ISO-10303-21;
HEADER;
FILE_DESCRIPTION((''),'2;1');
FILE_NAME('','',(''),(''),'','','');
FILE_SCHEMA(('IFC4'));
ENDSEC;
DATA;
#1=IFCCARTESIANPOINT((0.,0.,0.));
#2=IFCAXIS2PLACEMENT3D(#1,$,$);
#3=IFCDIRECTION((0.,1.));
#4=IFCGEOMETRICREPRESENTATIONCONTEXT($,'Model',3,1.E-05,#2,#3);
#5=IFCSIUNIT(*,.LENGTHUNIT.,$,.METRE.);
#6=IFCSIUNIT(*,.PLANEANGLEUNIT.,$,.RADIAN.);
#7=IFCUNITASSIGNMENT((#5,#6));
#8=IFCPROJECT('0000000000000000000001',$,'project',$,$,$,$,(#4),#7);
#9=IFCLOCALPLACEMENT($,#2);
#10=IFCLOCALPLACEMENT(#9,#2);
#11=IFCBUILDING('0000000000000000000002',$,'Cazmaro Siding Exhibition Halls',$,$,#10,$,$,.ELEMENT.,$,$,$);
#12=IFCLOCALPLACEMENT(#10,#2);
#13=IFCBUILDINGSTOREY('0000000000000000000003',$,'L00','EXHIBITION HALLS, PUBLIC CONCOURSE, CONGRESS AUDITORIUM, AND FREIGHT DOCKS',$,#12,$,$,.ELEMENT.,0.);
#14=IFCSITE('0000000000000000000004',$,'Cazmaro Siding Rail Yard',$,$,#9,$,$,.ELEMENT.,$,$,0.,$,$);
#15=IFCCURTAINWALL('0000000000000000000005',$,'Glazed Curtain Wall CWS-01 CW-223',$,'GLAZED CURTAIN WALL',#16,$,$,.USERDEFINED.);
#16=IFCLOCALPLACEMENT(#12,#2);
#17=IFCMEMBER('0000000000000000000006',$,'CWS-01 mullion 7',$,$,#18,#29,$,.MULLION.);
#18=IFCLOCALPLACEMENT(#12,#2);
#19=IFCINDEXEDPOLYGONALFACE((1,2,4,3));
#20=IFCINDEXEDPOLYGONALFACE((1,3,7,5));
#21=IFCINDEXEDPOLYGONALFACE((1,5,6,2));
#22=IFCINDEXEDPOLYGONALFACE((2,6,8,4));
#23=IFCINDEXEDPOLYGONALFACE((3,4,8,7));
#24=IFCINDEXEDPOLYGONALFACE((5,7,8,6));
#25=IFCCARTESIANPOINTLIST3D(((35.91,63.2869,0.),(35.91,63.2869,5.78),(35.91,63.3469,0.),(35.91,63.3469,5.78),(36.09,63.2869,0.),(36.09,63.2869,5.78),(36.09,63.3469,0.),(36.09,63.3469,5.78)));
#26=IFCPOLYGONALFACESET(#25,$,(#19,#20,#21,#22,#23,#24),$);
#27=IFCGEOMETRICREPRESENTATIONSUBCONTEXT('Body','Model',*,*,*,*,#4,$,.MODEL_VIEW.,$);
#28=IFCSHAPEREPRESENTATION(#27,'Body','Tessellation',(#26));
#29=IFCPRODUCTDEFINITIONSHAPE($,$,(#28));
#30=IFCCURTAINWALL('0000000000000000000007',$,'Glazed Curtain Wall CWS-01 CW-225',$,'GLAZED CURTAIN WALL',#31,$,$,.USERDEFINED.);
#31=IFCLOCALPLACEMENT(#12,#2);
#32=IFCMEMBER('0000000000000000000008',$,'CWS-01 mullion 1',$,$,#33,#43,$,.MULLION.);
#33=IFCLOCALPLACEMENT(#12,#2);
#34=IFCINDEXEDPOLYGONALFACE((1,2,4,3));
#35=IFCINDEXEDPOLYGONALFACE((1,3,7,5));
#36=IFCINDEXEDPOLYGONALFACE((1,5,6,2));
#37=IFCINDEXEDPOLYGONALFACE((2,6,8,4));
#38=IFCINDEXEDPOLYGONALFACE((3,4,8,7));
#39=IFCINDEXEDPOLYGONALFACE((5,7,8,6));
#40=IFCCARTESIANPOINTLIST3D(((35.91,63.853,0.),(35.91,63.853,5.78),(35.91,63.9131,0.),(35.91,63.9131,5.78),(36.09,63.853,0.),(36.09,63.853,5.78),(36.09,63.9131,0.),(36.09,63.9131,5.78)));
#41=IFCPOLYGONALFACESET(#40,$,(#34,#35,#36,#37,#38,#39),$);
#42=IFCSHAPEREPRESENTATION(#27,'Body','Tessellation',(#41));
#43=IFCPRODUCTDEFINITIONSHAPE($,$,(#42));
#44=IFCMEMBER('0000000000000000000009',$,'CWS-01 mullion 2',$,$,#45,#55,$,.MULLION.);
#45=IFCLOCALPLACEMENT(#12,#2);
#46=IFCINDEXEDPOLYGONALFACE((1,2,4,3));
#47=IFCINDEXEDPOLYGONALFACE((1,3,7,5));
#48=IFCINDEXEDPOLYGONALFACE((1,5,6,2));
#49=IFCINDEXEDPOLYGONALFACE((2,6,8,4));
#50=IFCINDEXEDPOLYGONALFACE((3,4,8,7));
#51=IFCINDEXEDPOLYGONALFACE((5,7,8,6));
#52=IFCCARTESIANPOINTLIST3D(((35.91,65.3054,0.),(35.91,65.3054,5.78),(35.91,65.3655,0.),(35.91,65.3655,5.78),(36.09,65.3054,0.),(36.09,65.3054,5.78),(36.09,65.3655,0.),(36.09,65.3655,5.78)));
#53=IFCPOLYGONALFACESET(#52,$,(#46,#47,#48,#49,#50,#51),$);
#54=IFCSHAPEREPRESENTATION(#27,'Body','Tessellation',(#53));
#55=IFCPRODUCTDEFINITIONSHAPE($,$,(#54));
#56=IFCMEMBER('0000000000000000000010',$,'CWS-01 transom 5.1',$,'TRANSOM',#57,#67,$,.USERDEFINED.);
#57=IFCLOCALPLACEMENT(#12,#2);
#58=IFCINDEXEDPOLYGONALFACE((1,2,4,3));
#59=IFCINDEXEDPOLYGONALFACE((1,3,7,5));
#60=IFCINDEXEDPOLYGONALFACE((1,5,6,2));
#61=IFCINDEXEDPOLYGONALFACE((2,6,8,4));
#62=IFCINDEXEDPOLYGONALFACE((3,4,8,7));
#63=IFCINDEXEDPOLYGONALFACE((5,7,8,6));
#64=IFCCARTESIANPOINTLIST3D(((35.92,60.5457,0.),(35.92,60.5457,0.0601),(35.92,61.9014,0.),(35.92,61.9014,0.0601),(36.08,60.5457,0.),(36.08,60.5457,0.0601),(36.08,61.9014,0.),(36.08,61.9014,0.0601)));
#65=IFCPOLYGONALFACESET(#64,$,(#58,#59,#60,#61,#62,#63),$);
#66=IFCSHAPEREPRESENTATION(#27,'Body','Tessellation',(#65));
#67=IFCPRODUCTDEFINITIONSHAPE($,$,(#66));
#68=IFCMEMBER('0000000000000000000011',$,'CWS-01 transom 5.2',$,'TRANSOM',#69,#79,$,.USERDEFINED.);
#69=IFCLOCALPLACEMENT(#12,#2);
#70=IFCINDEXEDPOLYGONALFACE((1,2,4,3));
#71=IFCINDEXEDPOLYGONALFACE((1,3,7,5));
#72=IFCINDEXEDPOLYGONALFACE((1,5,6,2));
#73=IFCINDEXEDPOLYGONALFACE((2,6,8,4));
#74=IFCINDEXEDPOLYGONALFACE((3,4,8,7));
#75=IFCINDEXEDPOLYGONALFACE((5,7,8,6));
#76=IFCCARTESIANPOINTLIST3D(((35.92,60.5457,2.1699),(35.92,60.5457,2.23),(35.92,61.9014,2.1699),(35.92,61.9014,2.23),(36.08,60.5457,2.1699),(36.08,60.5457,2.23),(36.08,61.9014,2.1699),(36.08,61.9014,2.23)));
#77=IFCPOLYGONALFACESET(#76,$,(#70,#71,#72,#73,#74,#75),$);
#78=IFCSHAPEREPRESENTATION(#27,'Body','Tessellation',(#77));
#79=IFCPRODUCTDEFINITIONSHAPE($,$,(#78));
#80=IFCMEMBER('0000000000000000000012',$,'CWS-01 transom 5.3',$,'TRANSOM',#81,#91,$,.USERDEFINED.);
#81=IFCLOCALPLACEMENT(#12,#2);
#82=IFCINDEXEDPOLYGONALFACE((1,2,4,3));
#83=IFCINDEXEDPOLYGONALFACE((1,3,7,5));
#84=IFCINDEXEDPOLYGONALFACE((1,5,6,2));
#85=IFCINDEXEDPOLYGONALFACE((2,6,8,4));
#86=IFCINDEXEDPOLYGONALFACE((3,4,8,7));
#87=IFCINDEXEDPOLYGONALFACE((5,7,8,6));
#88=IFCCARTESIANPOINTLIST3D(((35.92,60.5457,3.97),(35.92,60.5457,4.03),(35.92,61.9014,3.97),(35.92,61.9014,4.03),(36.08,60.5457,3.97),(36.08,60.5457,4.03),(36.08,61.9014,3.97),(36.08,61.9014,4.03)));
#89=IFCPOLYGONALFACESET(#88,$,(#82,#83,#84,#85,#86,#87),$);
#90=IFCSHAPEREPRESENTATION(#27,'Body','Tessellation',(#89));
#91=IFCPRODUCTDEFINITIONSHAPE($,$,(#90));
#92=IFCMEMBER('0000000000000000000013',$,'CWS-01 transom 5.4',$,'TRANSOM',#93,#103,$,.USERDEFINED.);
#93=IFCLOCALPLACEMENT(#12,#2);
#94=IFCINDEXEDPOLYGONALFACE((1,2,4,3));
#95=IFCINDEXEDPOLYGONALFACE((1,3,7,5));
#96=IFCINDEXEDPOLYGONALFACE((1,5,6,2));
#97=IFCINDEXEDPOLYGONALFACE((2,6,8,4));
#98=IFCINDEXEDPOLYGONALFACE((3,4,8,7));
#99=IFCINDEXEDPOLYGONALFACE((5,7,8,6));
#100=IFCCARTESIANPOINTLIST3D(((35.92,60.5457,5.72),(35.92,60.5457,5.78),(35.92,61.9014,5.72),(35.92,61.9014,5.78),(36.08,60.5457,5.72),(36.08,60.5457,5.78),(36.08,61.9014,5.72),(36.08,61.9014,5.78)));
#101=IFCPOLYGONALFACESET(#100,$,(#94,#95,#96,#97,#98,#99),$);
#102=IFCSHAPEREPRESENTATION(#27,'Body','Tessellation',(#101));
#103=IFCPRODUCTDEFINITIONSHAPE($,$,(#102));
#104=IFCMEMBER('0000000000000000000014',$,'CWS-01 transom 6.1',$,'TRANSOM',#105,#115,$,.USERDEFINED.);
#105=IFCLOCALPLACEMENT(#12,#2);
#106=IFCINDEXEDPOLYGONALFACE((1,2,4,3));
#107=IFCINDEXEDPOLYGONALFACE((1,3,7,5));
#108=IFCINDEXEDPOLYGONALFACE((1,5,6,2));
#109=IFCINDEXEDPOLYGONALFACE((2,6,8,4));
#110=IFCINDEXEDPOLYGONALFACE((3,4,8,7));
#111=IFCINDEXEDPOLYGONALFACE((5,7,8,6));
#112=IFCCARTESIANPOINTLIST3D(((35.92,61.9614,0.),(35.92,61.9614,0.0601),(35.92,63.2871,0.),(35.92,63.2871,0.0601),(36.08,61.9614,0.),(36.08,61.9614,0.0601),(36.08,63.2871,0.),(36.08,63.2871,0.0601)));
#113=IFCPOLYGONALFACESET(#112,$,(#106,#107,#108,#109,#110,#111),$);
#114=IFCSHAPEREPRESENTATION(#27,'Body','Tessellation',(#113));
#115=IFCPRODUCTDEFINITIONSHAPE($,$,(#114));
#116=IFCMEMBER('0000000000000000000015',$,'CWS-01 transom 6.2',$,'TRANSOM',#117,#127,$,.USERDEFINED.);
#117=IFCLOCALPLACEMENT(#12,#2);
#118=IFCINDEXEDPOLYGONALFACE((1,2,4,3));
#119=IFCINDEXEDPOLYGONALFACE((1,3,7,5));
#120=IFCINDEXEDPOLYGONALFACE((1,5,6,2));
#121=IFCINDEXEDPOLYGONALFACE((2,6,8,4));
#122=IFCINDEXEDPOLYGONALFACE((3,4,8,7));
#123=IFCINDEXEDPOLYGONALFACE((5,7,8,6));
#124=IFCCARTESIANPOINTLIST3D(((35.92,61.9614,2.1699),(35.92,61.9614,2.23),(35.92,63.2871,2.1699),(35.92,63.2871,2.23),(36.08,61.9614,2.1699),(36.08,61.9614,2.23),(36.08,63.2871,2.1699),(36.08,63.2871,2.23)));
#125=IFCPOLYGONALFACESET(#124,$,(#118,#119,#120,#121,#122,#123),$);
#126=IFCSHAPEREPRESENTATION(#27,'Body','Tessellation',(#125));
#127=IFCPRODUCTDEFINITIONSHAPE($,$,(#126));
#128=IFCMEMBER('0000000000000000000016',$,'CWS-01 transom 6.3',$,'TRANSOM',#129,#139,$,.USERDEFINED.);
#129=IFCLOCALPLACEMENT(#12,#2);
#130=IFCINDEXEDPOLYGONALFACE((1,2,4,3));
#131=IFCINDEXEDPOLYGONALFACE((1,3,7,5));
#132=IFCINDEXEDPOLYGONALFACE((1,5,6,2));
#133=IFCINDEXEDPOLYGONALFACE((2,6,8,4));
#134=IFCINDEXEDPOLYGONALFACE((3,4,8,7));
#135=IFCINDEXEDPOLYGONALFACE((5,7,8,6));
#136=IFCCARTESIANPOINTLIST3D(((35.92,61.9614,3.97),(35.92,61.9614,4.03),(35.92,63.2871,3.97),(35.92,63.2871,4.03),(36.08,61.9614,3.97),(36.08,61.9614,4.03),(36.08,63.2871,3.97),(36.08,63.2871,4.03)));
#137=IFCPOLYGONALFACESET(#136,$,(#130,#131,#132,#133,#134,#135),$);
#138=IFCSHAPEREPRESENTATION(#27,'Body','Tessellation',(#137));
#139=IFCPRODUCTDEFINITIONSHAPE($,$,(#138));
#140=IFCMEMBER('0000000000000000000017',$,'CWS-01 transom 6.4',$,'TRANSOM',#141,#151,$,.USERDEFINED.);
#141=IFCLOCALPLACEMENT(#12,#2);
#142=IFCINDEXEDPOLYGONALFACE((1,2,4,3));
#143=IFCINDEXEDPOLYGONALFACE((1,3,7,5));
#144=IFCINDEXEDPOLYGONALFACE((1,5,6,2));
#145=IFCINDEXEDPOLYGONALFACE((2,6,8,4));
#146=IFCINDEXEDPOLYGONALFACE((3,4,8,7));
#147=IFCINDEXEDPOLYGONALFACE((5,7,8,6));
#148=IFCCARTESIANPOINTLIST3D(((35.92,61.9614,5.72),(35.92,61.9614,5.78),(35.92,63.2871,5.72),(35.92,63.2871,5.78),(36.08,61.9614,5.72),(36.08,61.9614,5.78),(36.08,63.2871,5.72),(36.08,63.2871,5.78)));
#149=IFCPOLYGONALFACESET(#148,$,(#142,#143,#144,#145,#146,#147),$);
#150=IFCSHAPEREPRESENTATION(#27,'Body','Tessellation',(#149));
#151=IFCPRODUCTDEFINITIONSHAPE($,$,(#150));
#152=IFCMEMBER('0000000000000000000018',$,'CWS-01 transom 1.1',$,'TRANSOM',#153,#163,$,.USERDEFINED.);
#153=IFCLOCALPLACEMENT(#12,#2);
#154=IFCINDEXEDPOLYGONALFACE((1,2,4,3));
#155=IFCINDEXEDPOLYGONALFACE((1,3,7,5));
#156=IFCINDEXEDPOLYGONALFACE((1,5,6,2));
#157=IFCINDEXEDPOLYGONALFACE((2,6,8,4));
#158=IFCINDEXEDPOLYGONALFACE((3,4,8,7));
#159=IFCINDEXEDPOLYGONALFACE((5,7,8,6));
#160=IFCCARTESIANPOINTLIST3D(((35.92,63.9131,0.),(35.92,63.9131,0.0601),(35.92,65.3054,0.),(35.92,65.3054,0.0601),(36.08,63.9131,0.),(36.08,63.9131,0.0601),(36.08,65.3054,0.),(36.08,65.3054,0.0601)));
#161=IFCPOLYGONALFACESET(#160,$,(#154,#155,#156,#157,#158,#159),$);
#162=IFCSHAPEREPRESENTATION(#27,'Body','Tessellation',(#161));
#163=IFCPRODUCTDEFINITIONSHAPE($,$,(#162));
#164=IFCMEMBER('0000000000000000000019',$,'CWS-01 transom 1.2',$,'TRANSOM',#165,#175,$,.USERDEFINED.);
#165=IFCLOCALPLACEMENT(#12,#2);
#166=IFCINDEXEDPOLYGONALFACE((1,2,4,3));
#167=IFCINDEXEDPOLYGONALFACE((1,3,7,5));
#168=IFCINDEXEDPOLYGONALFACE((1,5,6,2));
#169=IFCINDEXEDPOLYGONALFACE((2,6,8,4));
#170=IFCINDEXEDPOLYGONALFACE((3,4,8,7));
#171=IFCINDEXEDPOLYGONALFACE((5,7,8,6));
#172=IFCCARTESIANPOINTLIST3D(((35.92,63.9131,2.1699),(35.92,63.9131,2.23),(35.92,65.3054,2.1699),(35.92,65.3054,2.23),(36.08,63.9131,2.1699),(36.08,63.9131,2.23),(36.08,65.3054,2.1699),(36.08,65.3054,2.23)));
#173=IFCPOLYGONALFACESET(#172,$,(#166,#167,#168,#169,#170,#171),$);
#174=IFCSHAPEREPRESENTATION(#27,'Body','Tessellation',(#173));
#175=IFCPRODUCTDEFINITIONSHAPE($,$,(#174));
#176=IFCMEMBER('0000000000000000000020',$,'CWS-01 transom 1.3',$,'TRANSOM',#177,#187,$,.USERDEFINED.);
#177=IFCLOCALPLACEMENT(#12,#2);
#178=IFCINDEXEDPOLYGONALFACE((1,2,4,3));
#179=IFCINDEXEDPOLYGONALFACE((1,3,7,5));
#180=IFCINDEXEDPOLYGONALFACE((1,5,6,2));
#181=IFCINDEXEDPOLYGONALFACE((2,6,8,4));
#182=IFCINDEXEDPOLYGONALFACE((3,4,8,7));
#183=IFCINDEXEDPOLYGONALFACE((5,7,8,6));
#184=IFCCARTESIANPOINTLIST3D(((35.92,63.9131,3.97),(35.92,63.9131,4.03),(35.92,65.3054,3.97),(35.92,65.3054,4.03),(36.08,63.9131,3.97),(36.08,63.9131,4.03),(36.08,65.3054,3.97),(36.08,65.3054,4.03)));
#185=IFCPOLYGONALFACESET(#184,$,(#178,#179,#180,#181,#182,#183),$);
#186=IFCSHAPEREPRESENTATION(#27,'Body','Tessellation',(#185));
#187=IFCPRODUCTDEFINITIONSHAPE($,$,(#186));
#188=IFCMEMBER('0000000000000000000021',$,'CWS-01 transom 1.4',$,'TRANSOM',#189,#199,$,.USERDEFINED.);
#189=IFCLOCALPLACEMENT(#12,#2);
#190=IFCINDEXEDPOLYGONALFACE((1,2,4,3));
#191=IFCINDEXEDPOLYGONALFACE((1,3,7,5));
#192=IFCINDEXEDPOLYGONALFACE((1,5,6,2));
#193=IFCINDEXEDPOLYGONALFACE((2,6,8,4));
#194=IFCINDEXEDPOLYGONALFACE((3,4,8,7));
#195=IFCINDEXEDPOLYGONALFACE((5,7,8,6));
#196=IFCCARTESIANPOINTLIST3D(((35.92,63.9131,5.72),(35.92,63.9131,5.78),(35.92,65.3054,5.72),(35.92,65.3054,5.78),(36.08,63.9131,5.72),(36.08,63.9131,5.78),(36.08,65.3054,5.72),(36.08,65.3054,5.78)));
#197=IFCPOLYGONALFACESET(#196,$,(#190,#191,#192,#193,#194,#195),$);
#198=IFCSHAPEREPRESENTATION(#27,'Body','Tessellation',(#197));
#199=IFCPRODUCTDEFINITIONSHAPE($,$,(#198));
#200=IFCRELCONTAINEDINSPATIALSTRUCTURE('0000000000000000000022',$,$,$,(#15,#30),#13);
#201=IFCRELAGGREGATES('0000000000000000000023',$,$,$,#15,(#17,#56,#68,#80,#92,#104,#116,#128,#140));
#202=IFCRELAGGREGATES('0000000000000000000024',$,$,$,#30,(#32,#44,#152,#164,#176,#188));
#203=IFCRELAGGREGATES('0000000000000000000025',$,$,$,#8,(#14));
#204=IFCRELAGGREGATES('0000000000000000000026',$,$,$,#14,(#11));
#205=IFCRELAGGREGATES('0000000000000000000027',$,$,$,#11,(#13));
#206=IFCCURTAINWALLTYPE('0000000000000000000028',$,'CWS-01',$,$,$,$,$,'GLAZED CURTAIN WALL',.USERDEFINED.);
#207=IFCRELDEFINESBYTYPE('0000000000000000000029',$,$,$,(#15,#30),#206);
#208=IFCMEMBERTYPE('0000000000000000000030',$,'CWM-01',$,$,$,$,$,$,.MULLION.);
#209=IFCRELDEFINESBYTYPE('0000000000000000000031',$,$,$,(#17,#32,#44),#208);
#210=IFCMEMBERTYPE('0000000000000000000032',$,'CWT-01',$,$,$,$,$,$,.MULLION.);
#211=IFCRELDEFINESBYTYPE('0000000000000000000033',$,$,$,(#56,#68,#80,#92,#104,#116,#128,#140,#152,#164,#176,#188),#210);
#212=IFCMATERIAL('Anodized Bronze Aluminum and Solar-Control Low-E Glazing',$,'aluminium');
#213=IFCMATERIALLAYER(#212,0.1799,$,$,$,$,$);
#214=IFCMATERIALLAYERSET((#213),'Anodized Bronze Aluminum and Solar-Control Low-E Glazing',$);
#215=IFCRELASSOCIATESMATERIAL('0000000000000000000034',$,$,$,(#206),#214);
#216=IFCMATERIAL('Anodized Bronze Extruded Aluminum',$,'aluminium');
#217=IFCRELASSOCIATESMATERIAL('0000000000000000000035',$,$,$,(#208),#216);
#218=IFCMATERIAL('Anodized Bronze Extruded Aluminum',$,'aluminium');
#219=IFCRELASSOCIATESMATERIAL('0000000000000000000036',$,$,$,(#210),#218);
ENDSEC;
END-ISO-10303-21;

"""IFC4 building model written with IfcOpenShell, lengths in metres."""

from ifc_helpers import new_model, si_unit, direction, frame, origin, origin_2d, place, context, subcontext, project, spatial, rectangle, extrude, material, layer, layer_set, material_profile, profile_set, type_object, element, aggregate, save


model = new_model("IFC4")

# Units and contexts
model_context = context("Model", 3, precision=1e-05, world=origin(), true_north=direction((0.0, 1.0)))
body_context = subcontext(model_context, "Body", "Model", "MODEL_VIEW")
ifc_project = project(units=[si_unit("LENGTHUNIT", "METRE"), si_unit("PLANEANGLEUNIT", "RADIAN")], contexts=[model_context])

# Site, building, storey
site_placement = place(None, origin())
site = spatial("IfcSite", under=ifc_project, at=site_placement, Name="Cazmaro Siding Rail Yard", CompositionType="ELEMENT", RefElevation=0.0)
building_placement = place(site_placement, origin())
building = spatial("IfcBuilding", under=site, at=building_placement, Name="Cazmaro Siding Exhibition Halls", CompositionType="ELEMENT")
storey_placement = place(building_placement, origin())
storey = spatial("IfcBuildingStorey", under=building, at=storey_placement, Name="L00", Description="EXHIBITION HALLS, PUBLIC CONCOURSE, CONGRESS AUDITORIUM, AND FREIGHT DOCKS", CompositionType="ELEMENT", Elevation=0.0)

# Curtain walls, members
ifc_material_1 = material(Name="Anodized Bronze Aluminum and Solar-Control Low-E Glazing", Category="aluminium")
ifc_layer_1 = layer(ifc_material_1, 0.1799)
ifc_layer_set_1 = layer_set([ifc_layer_1], Name="Anodized Bronze Aluminum and Solar-Control Low-E Glazing")
curtain_wall_type = type_object("IfcCurtainWallType", Name="CWS-01", ElementType="GLAZED CURTAIN WALL", PredefinedType="USERDEFINED", material=ifc_layer_set_1)
curtain_wall_1_placement = place(storey_placement, origin())
curtain_wall_1 = element("IfcCurtainWall", 1, at=curtain_wall_1_placement, inside=storey, type_object=curtain_wall_type, Name="Glazed Curtain Wall CWS-01 CW-223", ObjectType="GLAZED CURTAIN WALL", PredefinedType="USERDEFINED")
ifc_material_2 = material(Name="Anodized Bronze Extruded Aluminum", Category="aluminium")
ifc_material_profile_1 = material_profile(ifc_material_2, rectangle(XDim=0.1799, YDim=0.0601, at=origin_2d()), Name="CWM-01")
ifc_profile_set_1 = profile_set([ifc_material_profile_1], Name="Anodized Bronze Extruded Aluminum")
member_type_1 = type_object("IfcMemberType", Name="CWM-01", PredefinedType="MULLION", material=ifc_profile_set_1)
member_1_placement = place(storey_placement, frame((36.0, 63.3169, 0.0), z_axis=(0.0, 0.0, 1.0), x_axis=(-1.0, 0.0, 0.0)))
member_1 = element("IfcMember", 2, at=member_1_placement, type_object=member_type_1, Name="CWS-01 mullion 7", PredefinedType="MULLION", context=body_context, shape_type="SweptSolid", body=[
    extrude(rectangle(XDim=0.1799, YDim=0.0601, at=origin_2d()), origin(), (0.0, 0.0, 1.0), 5.78),
])
curtain_wall_2_placement = place(storey_placement, origin())
curtain_wall_2 = element("IfcCurtainWall", 3, at=curtain_wall_2_placement, inside=storey, type_object=curtain_wall_type, Name="Glazed Curtain Wall CWS-01 CW-225", ObjectType="GLAZED CURTAIN WALL", PredefinedType="USERDEFINED")
member_2_placement = place(storey_placement, frame((36.0, 63.8831, 0.0), z_axis=(0.0, 0.0, 1.0), x_axis=(-1.0, 0.0, 0.0)))
member_2 = element("IfcMember", 4, at=member_2_placement, type_object=member_type_1, Name="CWS-01 mullion 1", PredefinedType="MULLION", context=body_context, shape_type="SweptSolid", body=[
    extrude(rectangle(XDim=0.1799, YDim=0.0601, at=origin_2d()), origin(), (0.0, 0.0, 1.0), 5.78),
])
member_3_placement = place(storey_placement, frame((36.0, 65.3354, 0.0), z_axis=(0.0, 0.0, 1.0), x_axis=(-1.0, 0.0, 0.0)))
member_3 = element("IfcMember", 5, at=member_3_placement, type_object=member_type_1, Name="CWS-01 mullion 2", PredefinedType="MULLION", context=body_context, shape_type="SweptSolid", body=[
    extrude(rectangle(XDim=0.1799, YDim=0.0601, at=origin_2d()), origin(), (0.0, 0.0, 1.0), 5.78),
])

# Members
ifc_material_3 = material(Name="Anodized Bronze Extruded Aluminum", Category="aluminium")
ifc_material_profile_2 = material_profile(ifc_material_3, rectangle(XDim=0.1599, YDim=0.0601, at=origin_2d()), Name="CWT-01")
ifc_profile_set_2 = profile_set([ifc_material_profile_2], Name="Anodized Bronze Extruded Aluminum")
member_type_2 = type_object("IfcMemberType", Name="CWT-01", PredefinedType="MULLION", material=ifc_profile_set_2)
member_4_placement = place(storey_placement, frame((36.0, 60.5457, 0.03), z_axis=(0.0, 1.0, 0.0), x_axis=(-1.0, 0.0, 0.0)))
member_4 = element("IfcMember", 6, at=member_4_placement, type_object=member_type_2, Name="CWS-01 transom 5.1", ObjectType="TRANSOM", PredefinedType="USERDEFINED", context=body_context, shape_type="SweptSolid", body=[
    extrude(rectangle(XDim=0.1599, YDim=0.0601, at=origin_2d()), origin(), (0.0, 0.0, 1.0), 1.3557),
])
member_5_placement = place(storey_placement, frame((36.0, 60.5457, 2.2), z_axis=(0.0, 1.0, 0.0), x_axis=(-1.0, 0.0, 0.0)))
member_5 = element("IfcMember", 7, at=member_5_placement, type_object=member_type_2, Name="CWS-01 transom 5.2", ObjectType="TRANSOM", PredefinedType="USERDEFINED", context=body_context, shape_type="SweptSolid", body=[
    extrude(rectangle(XDim=0.1599, YDim=0.0601, at=origin_2d()), origin(), (0.0, 0.0, 1.0), 1.3557),
])
member_6_placement = place(storey_placement, frame((36.0, 60.5457, 4.0), z_axis=(0.0, 1.0, 0.0), x_axis=(-1.0, 0.0, 0.0)))
member_6 = element("IfcMember", 8, at=member_6_placement, type_object=member_type_2, Name="CWS-01 transom 5.3", ObjectType="TRANSOM", PredefinedType="USERDEFINED", context=body_context, shape_type="SweptSolid", body=[
    extrude(rectangle(XDim=0.1599, YDim=0.0601, at=origin_2d()), origin(), (0.0, 0.0, 1.0), 1.3557),
])
member_7_placement = place(storey_placement, frame((36.0, 60.5457, 5.75), z_axis=(0.0, 1.0, 0.0), x_axis=(-1.0, 0.0, 0.0)))
member_7 = element("IfcMember", 9, at=member_7_placement, type_object=member_type_2, Name="CWS-01 transom 5.4", ObjectType="TRANSOM", PredefinedType="USERDEFINED", context=body_context, shape_type="SweptSolid", body=[
    extrude(rectangle(XDim=0.1599, YDim=0.0601, at=origin_2d()), origin(), (0.0, 0.0, 1.0), 1.3557),
])
member_8_placement = place(storey_placement, frame((36.0, 61.9614, 0.03), z_axis=(0.0, 1.0, 0.0), x_axis=(-1.0, 0.0, 0.0)))
member_8 = element("IfcMember", 10, at=member_8_placement, type_object=member_type_2, Name="CWS-01 transom 6.1", ObjectType="TRANSOM", PredefinedType="USERDEFINED", context=body_context, shape_type="SweptSolid", body=[
    extrude(rectangle(XDim=0.1599, YDim=0.0601, at=origin_2d()), origin(), (0.0, 0.0, 1.0), 1.3257),
])
member_9_placement = place(storey_placement, frame((36.0, 61.9614, 2.2), z_axis=(0.0, 1.0, 0.0), x_axis=(-1.0, 0.0, 0.0)))
member_9 = element("IfcMember", 11, at=member_9_placement, type_object=member_type_2, Name="CWS-01 transom 6.2", ObjectType="TRANSOM", PredefinedType="USERDEFINED", context=body_context, shape_type="SweptSolid", body=[
    extrude(rectangle(XDim=0.1599, YDim=0.0601, at=origin_2d()), origin(), (0.0, 0.0, 1.0), 1.3257),
])
member_10_placement = place(storey_placement, frame((36.0, 61.9614, 4.0), z_axis=(0.0, 1.0, 0.0), x_axis=(-1.0, 0.0, 0.0)))
member_10 = element("IfcMember", 12, at=member_10_placement, type_object=member_type_2, Name="CWS-01 transom 6.3", ObjectType="TRANSOM", PredefinedType="USERDEFINED", context=body_context, shape_type="SweptSolid", body=[
    extrude(rectangle(XDim=0.1599, YDim=0.0601, at=origin_2d()), origin(), (0.0, 0.0, 1.0), 1.3257),
])
member_11_placement = place(storey_placement, frame((36.0, 61.9614, 5.75), z_axis=(0.0, 1.0, 0.0), x_axis=(-1.0, 0.0, 0.0)))
member_11 = element("IfcMember", 13, at=member_11_placement, type_object=member_type_2, Name="CWS-01 transom 6.4", ObjectType="TRANSOM", PredefinedType="USERDEFINED", context=body_context, shape_type="SweptSolid", body=[
    extrude(rectangle(XDim=0.1599, YDim=0.0601, at=origin_2d()), origin(), (0.0, 0.0, 1.0), 1.3257),
])
member_12_placement = place(storey_placement, frame((36.0, 63.9131, 0.03), z_axis=(0.0, 1.0, 0.0), x_axis=(-1.0, 0.0, 0.0)))
member_12 = element("IfcMember", 14, at=member_12_placement, type_object=member_type_2, Name="CWS-01 transom 1.1", ObjectType="TRANSOM", PredefinedType="USERDEFINED", context=body_context, shape_type="SweptSolid", body=[
    extrude(rectangle(XDim=0.1599, YDim=0.0601, at=origin_2d()), origin(), (0.0, 0.0, 1.0), 1.3923),
])
member_13_placement = place(storey_placement, frame((36.0, 63.9131, 2.2), z_axis=(0.0, 1.0, 0.0), x_axis=(-1.0, 0.0, 0.0)))
member_13 = element("IfcMember", 15, at=member_13_placement, type_object=member_type_2, Name="CWS-01 transom 1.2", ObjectType="TRANSOM", PredefinedType="USERDEFINED", context=body_context, shape_type="SweptSolid", body=[
    extrude(rectangle(XDim=0.1599, YDim=0.0601, at=origin_2d()), origin(), (0.0, 0.0, 1.0), 1.3923),
])
member_14_placement = place(storey_placement, frame((36.0, 63.9131, 4.0), z_axis=(0.0, 1.0, 0.0), x_axis=(-1.0, 0.0, 0.0)))
member_14 = element("IfcMember", 16, at=member_14_placement, type_object=member_type_2, Name="CWS-01 transom 1.3", ObjectType="TRANSOM", PredefinedType="USERDEFINED", context=body_context, shape_type="SweptSolid", body=[
    extrude(rectangle(XDim=0.1599, YDim=0.0601, at=origin_2d()), origin(), (0.0, 0.0, 1.0), 1.3923),
])
member_15_placement = place(storey_placement, frame((36.0, 63.9131, 5.75), z_axis=(0.0, 1.0, 0.0), x_axis=(-1.0, 0.0, 0.0)))
member_15 = element("IfcMember", 17, at=member_15_placement, type_object=member_type_2, Name="CWS-01 transom 1.4", ObjectType="TRANSOM", PredefinedType="USERDEFINED", context=body_context, shape_type="SweptSolid", body=[
    extrude(rectangle(XDim=0.1599, YDim=0.0601, at=origin_2d()), origin(), (0.0, 0.0, 1.0), 1.3923),
])

aggregate(curtain_wall_1, [member_1, member_4, member_5, member_6, member_7, member_8, member_9, member_10, member_11])
aggregate(curtain_wall_2, [member_2, member_3, member_12, member_13, member_14, member_15])

save(model, "model.ifc")
